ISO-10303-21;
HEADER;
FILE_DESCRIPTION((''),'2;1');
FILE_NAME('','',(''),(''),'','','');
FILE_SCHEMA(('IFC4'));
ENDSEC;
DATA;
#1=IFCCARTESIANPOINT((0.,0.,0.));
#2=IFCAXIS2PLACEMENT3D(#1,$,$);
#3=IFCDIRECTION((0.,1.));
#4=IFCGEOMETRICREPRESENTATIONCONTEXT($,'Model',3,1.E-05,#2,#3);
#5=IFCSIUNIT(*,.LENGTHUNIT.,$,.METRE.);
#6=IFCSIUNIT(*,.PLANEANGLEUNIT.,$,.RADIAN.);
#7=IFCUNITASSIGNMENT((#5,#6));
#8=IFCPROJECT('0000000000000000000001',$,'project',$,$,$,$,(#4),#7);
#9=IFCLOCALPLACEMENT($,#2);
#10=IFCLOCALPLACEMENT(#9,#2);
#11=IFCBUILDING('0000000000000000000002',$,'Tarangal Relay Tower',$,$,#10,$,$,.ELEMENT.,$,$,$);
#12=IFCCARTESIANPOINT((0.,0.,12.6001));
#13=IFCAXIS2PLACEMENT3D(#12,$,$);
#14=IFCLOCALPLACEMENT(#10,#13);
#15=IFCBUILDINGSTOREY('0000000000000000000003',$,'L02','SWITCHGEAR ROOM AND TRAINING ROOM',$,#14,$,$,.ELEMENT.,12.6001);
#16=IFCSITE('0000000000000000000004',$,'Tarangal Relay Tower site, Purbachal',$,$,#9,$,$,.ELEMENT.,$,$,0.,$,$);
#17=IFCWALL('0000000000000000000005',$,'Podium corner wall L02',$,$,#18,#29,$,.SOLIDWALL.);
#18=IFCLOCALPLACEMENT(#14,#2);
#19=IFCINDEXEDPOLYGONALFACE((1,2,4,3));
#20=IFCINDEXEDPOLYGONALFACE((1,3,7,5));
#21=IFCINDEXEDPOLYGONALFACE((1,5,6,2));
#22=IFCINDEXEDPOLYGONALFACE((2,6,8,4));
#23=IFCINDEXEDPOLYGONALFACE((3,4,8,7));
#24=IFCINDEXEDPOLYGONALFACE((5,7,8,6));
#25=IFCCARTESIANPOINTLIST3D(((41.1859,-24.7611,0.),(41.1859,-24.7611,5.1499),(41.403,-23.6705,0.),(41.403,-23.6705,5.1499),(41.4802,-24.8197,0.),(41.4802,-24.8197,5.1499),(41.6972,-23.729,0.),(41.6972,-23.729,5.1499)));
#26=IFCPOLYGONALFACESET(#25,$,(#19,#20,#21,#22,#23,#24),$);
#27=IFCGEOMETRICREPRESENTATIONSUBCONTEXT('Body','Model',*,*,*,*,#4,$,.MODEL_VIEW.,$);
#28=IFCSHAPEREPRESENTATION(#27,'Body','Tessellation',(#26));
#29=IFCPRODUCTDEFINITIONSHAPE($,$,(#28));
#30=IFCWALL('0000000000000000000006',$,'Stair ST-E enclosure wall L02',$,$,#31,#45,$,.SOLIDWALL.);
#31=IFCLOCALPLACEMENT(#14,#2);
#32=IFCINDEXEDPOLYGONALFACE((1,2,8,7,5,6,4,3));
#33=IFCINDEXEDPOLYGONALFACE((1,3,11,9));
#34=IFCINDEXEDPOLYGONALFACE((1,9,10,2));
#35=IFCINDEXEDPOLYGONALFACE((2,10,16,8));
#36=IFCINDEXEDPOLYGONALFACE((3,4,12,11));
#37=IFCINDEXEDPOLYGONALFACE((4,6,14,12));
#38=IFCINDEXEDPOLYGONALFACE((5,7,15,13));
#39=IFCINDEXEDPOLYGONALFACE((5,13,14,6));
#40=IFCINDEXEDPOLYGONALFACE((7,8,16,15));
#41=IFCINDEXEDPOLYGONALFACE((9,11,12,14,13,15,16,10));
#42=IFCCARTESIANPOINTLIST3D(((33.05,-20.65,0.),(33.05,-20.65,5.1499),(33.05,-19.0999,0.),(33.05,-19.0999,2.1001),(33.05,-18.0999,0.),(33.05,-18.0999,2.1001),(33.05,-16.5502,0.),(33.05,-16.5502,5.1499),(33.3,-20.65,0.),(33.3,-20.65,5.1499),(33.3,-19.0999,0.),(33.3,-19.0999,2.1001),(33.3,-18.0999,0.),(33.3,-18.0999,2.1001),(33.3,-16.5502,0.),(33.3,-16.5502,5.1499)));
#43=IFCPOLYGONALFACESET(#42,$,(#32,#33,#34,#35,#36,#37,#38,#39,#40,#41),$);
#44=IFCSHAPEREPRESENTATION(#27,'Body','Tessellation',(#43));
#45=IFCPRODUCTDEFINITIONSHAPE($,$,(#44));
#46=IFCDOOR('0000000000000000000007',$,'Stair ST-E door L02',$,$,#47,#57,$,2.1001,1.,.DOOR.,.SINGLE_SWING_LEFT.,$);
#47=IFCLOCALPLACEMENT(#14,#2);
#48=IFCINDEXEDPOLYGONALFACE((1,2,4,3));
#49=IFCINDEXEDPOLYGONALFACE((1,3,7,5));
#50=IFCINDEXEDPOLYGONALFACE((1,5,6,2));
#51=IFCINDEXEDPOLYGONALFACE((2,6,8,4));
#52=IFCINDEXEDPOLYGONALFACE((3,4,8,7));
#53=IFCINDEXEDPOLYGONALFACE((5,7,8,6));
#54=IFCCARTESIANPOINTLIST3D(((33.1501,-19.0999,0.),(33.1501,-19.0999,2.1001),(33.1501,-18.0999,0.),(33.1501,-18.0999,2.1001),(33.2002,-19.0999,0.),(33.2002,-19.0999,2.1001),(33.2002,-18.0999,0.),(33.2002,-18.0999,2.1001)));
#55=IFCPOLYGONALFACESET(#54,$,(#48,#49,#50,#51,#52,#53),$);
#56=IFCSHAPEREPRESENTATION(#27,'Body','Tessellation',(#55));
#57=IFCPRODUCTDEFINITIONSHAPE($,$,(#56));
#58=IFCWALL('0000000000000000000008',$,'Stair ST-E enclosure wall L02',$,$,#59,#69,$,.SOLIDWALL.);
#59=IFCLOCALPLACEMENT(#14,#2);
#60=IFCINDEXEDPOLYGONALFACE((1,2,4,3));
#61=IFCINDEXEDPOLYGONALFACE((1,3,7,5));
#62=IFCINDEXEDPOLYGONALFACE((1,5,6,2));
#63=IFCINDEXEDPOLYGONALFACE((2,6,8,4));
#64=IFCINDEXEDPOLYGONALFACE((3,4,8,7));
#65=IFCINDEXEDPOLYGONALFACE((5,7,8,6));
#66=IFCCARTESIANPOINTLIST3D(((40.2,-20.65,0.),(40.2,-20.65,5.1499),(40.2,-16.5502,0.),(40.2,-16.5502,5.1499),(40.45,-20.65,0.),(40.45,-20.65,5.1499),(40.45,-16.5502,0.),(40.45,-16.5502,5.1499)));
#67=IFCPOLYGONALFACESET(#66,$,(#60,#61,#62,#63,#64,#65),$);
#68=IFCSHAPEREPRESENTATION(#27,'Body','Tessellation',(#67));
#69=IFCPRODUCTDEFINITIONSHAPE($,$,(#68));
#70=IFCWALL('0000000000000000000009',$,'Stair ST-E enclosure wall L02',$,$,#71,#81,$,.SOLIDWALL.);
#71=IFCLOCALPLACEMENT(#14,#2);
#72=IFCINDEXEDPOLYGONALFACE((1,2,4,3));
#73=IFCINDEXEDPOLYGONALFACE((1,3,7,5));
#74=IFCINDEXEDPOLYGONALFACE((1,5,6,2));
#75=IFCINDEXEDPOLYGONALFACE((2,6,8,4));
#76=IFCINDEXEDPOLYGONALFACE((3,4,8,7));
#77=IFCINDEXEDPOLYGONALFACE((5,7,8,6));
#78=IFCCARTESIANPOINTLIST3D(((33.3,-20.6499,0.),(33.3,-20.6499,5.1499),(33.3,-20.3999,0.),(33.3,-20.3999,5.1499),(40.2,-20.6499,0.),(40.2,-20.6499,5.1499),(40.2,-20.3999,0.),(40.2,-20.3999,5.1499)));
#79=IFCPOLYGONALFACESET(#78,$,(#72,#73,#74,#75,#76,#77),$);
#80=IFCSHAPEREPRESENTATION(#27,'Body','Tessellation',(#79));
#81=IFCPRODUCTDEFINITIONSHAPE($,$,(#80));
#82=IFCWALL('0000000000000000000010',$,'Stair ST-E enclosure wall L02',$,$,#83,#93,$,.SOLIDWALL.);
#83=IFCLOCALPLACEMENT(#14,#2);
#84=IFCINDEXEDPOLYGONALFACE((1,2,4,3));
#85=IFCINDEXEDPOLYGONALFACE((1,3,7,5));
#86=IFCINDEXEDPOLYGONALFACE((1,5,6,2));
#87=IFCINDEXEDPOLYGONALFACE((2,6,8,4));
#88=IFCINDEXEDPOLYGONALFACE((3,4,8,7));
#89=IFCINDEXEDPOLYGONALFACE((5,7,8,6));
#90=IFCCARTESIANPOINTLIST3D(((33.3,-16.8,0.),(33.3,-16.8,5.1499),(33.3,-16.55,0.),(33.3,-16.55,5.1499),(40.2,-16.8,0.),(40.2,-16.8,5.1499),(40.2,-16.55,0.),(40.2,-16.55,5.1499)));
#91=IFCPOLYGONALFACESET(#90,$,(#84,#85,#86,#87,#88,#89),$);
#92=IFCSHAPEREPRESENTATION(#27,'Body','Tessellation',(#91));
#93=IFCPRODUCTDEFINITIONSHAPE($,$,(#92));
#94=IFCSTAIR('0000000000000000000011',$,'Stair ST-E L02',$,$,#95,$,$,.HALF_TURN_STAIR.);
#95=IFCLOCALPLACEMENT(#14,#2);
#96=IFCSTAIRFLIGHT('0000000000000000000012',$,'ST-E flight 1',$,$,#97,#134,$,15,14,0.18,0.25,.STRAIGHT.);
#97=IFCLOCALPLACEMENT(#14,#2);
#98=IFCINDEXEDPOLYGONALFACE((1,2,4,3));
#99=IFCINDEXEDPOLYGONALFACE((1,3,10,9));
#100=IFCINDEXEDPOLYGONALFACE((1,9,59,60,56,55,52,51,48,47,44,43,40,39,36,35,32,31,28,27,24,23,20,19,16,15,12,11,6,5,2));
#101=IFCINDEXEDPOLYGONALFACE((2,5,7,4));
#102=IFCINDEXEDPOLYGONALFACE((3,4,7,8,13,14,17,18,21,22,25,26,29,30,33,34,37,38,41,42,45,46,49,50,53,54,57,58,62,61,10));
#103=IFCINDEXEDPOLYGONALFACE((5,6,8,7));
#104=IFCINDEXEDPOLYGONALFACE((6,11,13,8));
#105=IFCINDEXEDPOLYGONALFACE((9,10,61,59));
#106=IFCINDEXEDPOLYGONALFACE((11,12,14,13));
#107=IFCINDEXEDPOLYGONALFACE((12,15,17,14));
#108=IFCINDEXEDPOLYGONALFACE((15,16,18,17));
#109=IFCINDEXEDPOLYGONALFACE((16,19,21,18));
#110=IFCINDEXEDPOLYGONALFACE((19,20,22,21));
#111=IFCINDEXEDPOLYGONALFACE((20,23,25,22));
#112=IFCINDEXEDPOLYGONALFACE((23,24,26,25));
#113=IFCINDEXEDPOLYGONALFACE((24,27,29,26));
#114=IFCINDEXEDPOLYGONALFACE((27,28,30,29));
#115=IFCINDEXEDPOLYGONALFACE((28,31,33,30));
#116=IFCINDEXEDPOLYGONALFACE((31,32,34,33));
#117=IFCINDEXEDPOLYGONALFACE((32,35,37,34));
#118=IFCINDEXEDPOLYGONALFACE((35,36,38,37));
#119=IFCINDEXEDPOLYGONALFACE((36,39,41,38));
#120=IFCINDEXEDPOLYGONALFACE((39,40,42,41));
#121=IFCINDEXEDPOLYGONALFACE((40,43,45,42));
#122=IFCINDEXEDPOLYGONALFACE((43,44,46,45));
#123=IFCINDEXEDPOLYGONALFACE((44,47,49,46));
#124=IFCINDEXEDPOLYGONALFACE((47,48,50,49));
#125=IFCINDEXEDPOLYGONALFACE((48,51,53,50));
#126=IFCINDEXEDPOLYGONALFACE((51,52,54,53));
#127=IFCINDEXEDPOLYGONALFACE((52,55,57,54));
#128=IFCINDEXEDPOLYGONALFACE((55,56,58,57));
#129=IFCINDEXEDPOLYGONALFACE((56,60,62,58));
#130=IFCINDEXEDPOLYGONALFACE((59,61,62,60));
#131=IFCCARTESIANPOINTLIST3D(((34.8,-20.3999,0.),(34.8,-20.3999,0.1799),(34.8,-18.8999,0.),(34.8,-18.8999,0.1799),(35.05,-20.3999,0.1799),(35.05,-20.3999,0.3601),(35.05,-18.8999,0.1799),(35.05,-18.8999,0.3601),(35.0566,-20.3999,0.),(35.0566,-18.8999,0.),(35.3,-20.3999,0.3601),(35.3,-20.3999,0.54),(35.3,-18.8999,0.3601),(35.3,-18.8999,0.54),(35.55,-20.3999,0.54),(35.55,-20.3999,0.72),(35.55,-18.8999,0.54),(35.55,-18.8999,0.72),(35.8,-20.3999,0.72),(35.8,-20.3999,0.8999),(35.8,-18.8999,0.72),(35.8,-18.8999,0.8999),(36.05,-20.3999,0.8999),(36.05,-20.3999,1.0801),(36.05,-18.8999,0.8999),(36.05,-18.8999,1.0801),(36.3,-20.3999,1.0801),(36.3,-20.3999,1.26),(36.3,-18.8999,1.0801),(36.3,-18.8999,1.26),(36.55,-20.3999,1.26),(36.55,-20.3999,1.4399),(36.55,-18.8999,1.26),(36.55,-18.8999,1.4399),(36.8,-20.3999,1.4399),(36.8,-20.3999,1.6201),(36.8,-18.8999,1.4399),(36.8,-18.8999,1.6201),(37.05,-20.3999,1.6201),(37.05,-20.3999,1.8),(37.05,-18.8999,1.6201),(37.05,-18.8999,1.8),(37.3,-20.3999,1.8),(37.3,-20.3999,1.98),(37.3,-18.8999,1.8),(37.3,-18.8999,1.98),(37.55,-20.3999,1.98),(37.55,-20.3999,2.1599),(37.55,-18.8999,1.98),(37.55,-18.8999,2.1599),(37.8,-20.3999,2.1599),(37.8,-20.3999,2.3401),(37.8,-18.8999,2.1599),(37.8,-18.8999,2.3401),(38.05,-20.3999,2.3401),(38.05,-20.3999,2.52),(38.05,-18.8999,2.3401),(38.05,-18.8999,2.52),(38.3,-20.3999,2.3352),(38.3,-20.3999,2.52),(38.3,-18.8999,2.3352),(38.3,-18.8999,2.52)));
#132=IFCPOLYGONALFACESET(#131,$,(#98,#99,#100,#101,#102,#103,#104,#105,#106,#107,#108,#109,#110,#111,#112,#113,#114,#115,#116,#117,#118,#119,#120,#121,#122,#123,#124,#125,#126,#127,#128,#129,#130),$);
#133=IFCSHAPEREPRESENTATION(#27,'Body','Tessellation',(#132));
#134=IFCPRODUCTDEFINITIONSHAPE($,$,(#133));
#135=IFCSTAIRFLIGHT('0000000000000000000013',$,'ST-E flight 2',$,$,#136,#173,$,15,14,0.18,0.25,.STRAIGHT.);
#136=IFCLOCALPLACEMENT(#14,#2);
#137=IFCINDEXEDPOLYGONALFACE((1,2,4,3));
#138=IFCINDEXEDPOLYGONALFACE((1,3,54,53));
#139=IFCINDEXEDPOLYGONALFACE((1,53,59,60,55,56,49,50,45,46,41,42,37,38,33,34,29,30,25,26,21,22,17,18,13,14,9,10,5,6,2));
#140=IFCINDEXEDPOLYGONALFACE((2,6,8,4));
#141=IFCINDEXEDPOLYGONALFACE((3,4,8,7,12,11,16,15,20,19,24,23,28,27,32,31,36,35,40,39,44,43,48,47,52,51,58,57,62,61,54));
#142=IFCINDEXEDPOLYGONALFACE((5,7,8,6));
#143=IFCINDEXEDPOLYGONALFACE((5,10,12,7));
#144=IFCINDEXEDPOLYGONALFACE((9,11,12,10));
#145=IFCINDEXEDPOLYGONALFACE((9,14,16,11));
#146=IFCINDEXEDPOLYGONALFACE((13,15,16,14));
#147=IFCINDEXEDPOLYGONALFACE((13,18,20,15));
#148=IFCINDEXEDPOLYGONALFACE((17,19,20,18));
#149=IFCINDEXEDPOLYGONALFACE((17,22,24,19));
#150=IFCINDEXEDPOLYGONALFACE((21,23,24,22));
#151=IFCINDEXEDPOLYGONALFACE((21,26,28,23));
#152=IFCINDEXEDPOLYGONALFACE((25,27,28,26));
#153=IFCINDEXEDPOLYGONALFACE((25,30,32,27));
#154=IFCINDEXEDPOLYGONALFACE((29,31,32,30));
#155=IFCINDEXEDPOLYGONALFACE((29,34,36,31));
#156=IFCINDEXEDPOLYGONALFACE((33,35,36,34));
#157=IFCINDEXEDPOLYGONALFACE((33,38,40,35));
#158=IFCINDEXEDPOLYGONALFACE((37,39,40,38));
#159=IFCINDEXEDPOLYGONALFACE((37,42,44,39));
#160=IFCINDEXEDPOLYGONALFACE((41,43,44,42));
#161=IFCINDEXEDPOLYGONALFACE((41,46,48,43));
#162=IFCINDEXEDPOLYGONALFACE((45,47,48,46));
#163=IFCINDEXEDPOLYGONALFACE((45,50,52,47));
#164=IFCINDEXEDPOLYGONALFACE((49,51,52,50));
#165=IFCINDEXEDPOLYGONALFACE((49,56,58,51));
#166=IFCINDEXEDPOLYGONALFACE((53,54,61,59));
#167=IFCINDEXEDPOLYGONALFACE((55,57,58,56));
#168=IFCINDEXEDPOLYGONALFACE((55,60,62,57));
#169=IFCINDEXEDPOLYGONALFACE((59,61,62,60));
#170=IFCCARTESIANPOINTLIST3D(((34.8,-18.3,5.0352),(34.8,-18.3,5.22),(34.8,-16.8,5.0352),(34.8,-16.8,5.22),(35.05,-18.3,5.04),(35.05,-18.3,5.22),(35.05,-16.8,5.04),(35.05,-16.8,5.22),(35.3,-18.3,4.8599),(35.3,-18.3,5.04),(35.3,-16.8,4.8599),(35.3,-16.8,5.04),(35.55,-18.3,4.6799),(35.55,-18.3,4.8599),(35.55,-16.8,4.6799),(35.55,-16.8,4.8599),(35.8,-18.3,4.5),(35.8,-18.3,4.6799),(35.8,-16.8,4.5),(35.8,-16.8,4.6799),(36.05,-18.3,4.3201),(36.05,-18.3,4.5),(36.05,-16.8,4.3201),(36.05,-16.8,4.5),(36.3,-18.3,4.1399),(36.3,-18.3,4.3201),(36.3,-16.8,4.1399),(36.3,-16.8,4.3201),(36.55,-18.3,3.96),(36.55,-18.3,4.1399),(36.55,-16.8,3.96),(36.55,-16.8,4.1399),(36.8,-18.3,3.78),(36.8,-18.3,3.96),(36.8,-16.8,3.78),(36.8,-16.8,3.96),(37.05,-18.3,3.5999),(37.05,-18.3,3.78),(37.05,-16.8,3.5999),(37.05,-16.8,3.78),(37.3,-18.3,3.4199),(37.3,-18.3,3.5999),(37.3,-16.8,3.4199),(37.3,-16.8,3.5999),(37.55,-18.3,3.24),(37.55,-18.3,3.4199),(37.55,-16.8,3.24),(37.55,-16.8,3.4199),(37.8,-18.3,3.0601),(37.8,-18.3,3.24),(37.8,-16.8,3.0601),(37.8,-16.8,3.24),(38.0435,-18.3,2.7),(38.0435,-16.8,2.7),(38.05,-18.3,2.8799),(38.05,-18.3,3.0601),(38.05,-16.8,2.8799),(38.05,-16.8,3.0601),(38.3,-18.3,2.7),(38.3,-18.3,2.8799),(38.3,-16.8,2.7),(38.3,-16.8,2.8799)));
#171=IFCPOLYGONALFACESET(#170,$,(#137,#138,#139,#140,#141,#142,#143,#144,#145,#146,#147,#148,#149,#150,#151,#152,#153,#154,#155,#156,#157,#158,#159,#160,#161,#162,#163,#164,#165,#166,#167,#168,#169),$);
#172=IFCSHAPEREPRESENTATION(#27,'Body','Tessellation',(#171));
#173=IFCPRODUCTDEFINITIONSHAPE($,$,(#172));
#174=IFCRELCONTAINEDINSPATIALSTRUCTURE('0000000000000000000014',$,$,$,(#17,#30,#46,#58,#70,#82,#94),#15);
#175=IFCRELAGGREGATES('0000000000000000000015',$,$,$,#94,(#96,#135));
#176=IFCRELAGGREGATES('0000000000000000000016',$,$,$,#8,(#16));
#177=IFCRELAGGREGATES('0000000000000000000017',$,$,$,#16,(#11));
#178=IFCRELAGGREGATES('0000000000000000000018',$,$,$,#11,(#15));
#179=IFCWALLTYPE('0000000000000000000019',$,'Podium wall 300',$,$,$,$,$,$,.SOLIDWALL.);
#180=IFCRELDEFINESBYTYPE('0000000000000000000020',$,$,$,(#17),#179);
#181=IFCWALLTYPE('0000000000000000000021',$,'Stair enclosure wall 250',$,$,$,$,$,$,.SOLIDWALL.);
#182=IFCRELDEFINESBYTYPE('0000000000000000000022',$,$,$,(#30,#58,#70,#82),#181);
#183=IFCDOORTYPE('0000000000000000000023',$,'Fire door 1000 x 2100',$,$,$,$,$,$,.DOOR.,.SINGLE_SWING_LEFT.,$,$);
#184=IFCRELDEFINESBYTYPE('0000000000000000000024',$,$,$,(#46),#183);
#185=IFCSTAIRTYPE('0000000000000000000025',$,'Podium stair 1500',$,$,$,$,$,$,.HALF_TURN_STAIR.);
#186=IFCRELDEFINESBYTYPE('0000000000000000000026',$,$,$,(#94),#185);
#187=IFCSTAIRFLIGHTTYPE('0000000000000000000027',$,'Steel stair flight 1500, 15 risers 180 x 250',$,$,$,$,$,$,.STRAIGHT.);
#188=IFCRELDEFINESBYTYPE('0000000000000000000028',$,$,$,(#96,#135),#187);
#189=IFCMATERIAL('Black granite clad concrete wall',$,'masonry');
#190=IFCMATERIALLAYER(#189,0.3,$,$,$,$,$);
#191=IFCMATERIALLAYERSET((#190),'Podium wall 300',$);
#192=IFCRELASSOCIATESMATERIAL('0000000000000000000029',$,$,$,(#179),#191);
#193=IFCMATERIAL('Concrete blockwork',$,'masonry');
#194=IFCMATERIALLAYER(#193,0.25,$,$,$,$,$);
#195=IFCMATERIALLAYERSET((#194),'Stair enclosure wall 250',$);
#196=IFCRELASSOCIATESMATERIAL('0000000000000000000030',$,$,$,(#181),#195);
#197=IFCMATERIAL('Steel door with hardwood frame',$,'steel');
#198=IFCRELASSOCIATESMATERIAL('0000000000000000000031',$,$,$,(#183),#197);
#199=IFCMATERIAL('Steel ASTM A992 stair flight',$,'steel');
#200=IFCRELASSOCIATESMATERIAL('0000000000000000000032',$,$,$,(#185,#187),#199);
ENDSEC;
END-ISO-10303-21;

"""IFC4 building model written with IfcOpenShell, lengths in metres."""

from ifc_helpers import new_model, si_unit, direction, frame, frame_2d, origin, place, context, subcontext, project, spatial, polyline, rectangle, outline, extrude, material, layer, layer_set, type_object, element, fill, aggregate, save


model = new_model("IFC4")

# Units and contexts
model_context = context("Model", 3, precision=1e-05, world=origin(), true_north=direction((0.0, 1.0)))
body_context = subcontext(model_context, "Body", "Model", "MODEL_VIEW")
ifc_project = project(units=[si_unit("LENGTHUNIT", "METRE"), si_unit("PLANEANGLEUNIT", "RADIAN")], contexts=[model_context])

# Site, building, storey
site_placement = place(None, origin())
site = spatial("IfcSite", under=ifc_project, at=site_placement, Name="Tarangal Relay Tower site, Purbachal", CompositionType="ELEMENT", RefElevation=0.0)
building_placement = place(site_placement, origin())
building = spatial("IfcBuilding", under=site, at=building_placement, Name="Tarangal Relay Tower", CompositionType="ELEMENT")
storey_placement = place(building_placement, frame((0.0, 0.0, 12.6001)))
storey = spatial("IfcBuildingStorey", under=building, at=storey_placement, Name="L02", Description="SWITCHGEAR ROOM AND TRAINING ROOM", CompositionType="ELEMENT", Elevation=12.6001)

# Wall
ifc_material_1 = material(Name="Black granite clad concrete wall", Category="masonry")
ifc_layer_1 = layer(ifc_material_1, 0.3)
ifc_layer_set_1 = layer_set([ifc_layer_1], Name="Podium wall 300")
wall_type_1 = type_object("IfcWallType", Name="Podium wall 300", PredefinedType="SOLIDWALL", material=ifc_layer_set_1)
for number, where, z_axis, x_axis, name in (
    (1, (41.333, -24.7905, 0.0), (0.0, 0.0, 1.0), (0.195187, 0.980766, 0.0), "Podium corner wall L02"),
):
    element("IfcWall", number, at=place(storey_placement, frame(where, z_axis=z_axis, x_axis=x_axis)), inside=storey, type_object=wall_type_1, Name=name, PredefinedType="SOLIDWALL", context=body_context, shape_type="SweptSolid", body=[
        extrude(rectangle(XDim=1.1121, YDim=0.3, at=frame_2d((0.5562, 0.0))), origin(), (0.0, 0.0, 1.0), 5.1499),
    ])

# Wall, opening, door
ifc_material_2 = material(Name="Concrete blockwork", Category="masonry")
ifc_layer_2 = layer(ifc_material_2, 0.25)
ifc_layer_set_2 = layer_set([ifc_layer_2], Name="Stair enclosure wall 250")
wall_type_2 = type_object("IfcWallType", Name="Stair enclosure wall 250", PredefinedType="SOLIDWALL", material=ifc_layer_set_2)
wall_1_placement = place(storey_placement, frame((33.175, -20.6499, 0.0), z_axis=(0.0, 0.0, 1.0), x_axis=(0.0, 1.0, 0.0)))
wall_1 = element("IfcWall", 2, at=wall_1_placement, inside=storey, type_object=wall_type_2, Name="Stair ST-E enclosure wall L02", PredefinedType="SOLIDWALL", context=body_context, shape_type="SweptSolid", body=[
    extrude(rectangle(XDim=4.0999, YDim=0.25, at=frame_2d((2.0498, 0.0))), origin(), (0.0, 0.0, 1.0), 5.1499),
])
opening_placement = place(wall_1_placement, frame((1.55, 0.0, 0.0)))
opening = element("IfcOpeningElement", 3, at=opening_placement, cuts=wall_1, PredefinedType="OPENING", context=body_context, shape_type="SweptSolid", body=[
    extrude(rectangle(XDim=1.0, YDim=2.1001, at=frame_2d((0.5, 1.05))), frame((0.0, 0.135, 0.0), z_axis=(0.0, -1.0, 0.0), x_axis=(1.0, 0.0, 0.0)), (0.0, 0.0, 1.0), 0.27),
])
ifc_material_3 = material(Name="Steel door with hardwood frame", Category="steel")
door_type = type_object("IfcDoorType", Name="Fire door 1000 x 2100", OperationType="SINGLE_SWING_LEFT", PredefinedType="DOOR", material=ifc_material_3)
door_placement = place(opening_placement, origin())
door = element("IfcDoor", 4, at=door_placement, inside=storey, type_object=door_type, Name="Stair ST-E door L02", OperationType="SINGLE_SWING_LEFT", OverallHeight=2.1001, OverallWidth=1.0, PredefinedType="DOOR", context=body_context, shape_type="SweptSolid", body=[
    extrude(rectangle(XDim=1.0, YDim=2.1001, at=frame_2d((0.5, 1.05))), frame((0.0, 0.0249, 0.0), z_axis=(0.0, -1.0, 0.0), x_axis=(1.0, 0.0, 0.0)), (0.0, 0.0, 1.0), 0.05),
])
fill(opening, door)

# Walls
wall_2_placement = place(storey_placement, frame((40.325, -20.6499, 0.0), z_axis=(0.0, 0.0, 1.0), x_axis=(0.0, 1.0, 0.0)))
element("IfcWall", 5, at=wall_2_placement, inside=storey, type_object=wall_type_2, Name="Stair ST-E enclosure wall L02", PredefinedType="SOLIDWALL", context=body_context, shape_type="SweptSolid", body=[
    extrude(rectangle(XDim=4.0999, YDim=0.25, at=frame_2d((2.0498, 0.0))), origin(), (0.0, 0.0, 1.0), 5.1499),
])
for number, where, z_axis, x_axis, name in (
    (6, (33.3, -20.5249, 0.0), (0.0, 0.0, 1.0), (1.0, 0.0, 0.0), "Stair ST-E enclosure wall L02"),
    (7, (33.3, -16.675, 0.0), (0.0, 0.0, 1.0), (1.0, 0.0, 0.0), "Stair ST-E enclosure wall L02"),
):
    element("IfcWall", number, at=place(storey_placement, frame(where, z_axis=z_axis, x_axis=x_axis)), inside=storey, type_object=wall_type_2, Name=name, PredefinedType="SOLIDWALL", context=body_context, shape_type="SweptSolid", body=[
        extrude(rectangle(XDim=6.8999, YDim=0.25, at=frame_2d((3.45, 0.0))), origin(), (0.0, 0.0, 1.0), 5.1499),
    ])

# Stair, stair flights
ifc_material_4 = material(Name="Steel ASTM A992 stair flight", Category="steel")
stair_type = type_object("IfcStairType", Name="Podium stair 1500", PredefinedType="HALF_TURN_STAIR", material=ifc_material_4)
stair_placement = place(storey_placement, origin())
stair = element("IfcStair", 8, at=stair_placement, inside=storey, type_object=stair_type, Name="Stair ST-E L02", PredefinedType="HALF_TURN_STAIR")
stair_flight_type = type_object("IfcStairFlightType", Name="Steel stair flight 1500, 15 risers 180 x 250", PredefinedType="STRAIGHT", material=ifc_material_4)
stair_flight_1_placement = place(storey_placement, frame((34.8, -19.6499, 0.0), z_axis=(0.0, 0.0, 1.0), x_axis=(1.0, 0.0, 0.0)))
stair_flight_1 = element("IfcStairFlight", 9, at=stair_flight_1_placement, type_object=stair_flight_type, Name="ST-E flight 1", NumberOfRisers=15, NumberOfTreads=14, PredefinedType="STRAIGHT", RiserHeight=0.18, TreadLength=0.25, context=body_context, shape_type="SweptSolid", body=[
    extrude(outline(polyline([(0.0, 0.0), (0.0, 0.1799), (0.25, 0.1799), (0.25, 0.3601), (0.5, 0.3601), (0.5, 0.54), (0.75, 0.54), (0.75, 0.72), (1.0, 0.72), (1.0, 0.8999), (1.25, 0.8999), (1.25, 1.0801), (1.5, 1.0801), (1.5, 1.26), (1.75, 1.26), (1.75, 1.4399), (2.0, 1.4399), (2.0, 1.6201), (2.25, 1.6201), (2.25, 1.8), (2.5, 1.8), (2.5, 1.98), (2.75, 1.98), (2.75, 2.1599), (3.0, 2.1599), (3.0, 2.3401), (3.25, 2.3401), (3.25, 2.52), (3.5, 2.52), (3.5, 2.7), (3.5, 2.3352), (0.2566, 0.0), (0.0, 0.0)])), frame((0.0, 0.75, 0.0), z_axis=(0.0, -1.0, 0.0), x_axis=(1.0, 0.0, 0.0)), (0.0, 0.0, 1.0), 1.5),
])
stair_flight_2_placement = place(storey_placement, frame((38.3, -17.55, 2.7), z_axis=(0.0, 0.0, 1.0), x_axis=(-1.0, 0.0, 0.0)))
stair_flight_2 = element("IfcStairFlight", 10, at=stair_flight_2_placement, type_object=stair_flight_type, Name="ST-E flight 2", NumberOfRisers=15, NumberOfTreads=14, PredefinedType="STRAIGHT", RiserHeight=0.18, TreadLength=0.25, context=body_context, shape_type="SweptSolid", body=[
    extrude(outline(polyline([(0.0, 0.0), (0.0, 0.1799), (0.25, 0.1799), (0.25, 0.3601), (0.5, 0.3601), (0.5, 0.54), (0.75, 0.54), (0.75, 0.72), (1.0, 0.72), (1.0, 0.8999), (1.25, 0.8999), (1.25, 1.0801), (1.5, 1.0801), (1.5, 1.26), (1.75, 1.26), (1.75, 1.4399), (2.0, 1.4399), (2.0, 1.6201), (2.25, 1.6201), (2.25, 1.8), (2.5, 1.8), (2.5, 1.98), (2.75, 1.98), (2.75, 2.1599), (3.0, 2.1599), (3.0, 2.3401), (3.25, 2.3401), (3.25, 2.52), (3.5, 2.52), (3.5, 2.7), (3.5, 2.3352), (0.2566, 0.0), (0.0, 0.0)])), frame((0.0, 0.75, 0.0), z_axis=(0.0, -1.0, 0.0), x_axis=(1.0, 0.0, 0.0)), (0.0, 0.0, 1.0), 1.5),
])
aggregate(stair, [stair_flight_1, stair_flight_2])

save(model, "model.ifc")
